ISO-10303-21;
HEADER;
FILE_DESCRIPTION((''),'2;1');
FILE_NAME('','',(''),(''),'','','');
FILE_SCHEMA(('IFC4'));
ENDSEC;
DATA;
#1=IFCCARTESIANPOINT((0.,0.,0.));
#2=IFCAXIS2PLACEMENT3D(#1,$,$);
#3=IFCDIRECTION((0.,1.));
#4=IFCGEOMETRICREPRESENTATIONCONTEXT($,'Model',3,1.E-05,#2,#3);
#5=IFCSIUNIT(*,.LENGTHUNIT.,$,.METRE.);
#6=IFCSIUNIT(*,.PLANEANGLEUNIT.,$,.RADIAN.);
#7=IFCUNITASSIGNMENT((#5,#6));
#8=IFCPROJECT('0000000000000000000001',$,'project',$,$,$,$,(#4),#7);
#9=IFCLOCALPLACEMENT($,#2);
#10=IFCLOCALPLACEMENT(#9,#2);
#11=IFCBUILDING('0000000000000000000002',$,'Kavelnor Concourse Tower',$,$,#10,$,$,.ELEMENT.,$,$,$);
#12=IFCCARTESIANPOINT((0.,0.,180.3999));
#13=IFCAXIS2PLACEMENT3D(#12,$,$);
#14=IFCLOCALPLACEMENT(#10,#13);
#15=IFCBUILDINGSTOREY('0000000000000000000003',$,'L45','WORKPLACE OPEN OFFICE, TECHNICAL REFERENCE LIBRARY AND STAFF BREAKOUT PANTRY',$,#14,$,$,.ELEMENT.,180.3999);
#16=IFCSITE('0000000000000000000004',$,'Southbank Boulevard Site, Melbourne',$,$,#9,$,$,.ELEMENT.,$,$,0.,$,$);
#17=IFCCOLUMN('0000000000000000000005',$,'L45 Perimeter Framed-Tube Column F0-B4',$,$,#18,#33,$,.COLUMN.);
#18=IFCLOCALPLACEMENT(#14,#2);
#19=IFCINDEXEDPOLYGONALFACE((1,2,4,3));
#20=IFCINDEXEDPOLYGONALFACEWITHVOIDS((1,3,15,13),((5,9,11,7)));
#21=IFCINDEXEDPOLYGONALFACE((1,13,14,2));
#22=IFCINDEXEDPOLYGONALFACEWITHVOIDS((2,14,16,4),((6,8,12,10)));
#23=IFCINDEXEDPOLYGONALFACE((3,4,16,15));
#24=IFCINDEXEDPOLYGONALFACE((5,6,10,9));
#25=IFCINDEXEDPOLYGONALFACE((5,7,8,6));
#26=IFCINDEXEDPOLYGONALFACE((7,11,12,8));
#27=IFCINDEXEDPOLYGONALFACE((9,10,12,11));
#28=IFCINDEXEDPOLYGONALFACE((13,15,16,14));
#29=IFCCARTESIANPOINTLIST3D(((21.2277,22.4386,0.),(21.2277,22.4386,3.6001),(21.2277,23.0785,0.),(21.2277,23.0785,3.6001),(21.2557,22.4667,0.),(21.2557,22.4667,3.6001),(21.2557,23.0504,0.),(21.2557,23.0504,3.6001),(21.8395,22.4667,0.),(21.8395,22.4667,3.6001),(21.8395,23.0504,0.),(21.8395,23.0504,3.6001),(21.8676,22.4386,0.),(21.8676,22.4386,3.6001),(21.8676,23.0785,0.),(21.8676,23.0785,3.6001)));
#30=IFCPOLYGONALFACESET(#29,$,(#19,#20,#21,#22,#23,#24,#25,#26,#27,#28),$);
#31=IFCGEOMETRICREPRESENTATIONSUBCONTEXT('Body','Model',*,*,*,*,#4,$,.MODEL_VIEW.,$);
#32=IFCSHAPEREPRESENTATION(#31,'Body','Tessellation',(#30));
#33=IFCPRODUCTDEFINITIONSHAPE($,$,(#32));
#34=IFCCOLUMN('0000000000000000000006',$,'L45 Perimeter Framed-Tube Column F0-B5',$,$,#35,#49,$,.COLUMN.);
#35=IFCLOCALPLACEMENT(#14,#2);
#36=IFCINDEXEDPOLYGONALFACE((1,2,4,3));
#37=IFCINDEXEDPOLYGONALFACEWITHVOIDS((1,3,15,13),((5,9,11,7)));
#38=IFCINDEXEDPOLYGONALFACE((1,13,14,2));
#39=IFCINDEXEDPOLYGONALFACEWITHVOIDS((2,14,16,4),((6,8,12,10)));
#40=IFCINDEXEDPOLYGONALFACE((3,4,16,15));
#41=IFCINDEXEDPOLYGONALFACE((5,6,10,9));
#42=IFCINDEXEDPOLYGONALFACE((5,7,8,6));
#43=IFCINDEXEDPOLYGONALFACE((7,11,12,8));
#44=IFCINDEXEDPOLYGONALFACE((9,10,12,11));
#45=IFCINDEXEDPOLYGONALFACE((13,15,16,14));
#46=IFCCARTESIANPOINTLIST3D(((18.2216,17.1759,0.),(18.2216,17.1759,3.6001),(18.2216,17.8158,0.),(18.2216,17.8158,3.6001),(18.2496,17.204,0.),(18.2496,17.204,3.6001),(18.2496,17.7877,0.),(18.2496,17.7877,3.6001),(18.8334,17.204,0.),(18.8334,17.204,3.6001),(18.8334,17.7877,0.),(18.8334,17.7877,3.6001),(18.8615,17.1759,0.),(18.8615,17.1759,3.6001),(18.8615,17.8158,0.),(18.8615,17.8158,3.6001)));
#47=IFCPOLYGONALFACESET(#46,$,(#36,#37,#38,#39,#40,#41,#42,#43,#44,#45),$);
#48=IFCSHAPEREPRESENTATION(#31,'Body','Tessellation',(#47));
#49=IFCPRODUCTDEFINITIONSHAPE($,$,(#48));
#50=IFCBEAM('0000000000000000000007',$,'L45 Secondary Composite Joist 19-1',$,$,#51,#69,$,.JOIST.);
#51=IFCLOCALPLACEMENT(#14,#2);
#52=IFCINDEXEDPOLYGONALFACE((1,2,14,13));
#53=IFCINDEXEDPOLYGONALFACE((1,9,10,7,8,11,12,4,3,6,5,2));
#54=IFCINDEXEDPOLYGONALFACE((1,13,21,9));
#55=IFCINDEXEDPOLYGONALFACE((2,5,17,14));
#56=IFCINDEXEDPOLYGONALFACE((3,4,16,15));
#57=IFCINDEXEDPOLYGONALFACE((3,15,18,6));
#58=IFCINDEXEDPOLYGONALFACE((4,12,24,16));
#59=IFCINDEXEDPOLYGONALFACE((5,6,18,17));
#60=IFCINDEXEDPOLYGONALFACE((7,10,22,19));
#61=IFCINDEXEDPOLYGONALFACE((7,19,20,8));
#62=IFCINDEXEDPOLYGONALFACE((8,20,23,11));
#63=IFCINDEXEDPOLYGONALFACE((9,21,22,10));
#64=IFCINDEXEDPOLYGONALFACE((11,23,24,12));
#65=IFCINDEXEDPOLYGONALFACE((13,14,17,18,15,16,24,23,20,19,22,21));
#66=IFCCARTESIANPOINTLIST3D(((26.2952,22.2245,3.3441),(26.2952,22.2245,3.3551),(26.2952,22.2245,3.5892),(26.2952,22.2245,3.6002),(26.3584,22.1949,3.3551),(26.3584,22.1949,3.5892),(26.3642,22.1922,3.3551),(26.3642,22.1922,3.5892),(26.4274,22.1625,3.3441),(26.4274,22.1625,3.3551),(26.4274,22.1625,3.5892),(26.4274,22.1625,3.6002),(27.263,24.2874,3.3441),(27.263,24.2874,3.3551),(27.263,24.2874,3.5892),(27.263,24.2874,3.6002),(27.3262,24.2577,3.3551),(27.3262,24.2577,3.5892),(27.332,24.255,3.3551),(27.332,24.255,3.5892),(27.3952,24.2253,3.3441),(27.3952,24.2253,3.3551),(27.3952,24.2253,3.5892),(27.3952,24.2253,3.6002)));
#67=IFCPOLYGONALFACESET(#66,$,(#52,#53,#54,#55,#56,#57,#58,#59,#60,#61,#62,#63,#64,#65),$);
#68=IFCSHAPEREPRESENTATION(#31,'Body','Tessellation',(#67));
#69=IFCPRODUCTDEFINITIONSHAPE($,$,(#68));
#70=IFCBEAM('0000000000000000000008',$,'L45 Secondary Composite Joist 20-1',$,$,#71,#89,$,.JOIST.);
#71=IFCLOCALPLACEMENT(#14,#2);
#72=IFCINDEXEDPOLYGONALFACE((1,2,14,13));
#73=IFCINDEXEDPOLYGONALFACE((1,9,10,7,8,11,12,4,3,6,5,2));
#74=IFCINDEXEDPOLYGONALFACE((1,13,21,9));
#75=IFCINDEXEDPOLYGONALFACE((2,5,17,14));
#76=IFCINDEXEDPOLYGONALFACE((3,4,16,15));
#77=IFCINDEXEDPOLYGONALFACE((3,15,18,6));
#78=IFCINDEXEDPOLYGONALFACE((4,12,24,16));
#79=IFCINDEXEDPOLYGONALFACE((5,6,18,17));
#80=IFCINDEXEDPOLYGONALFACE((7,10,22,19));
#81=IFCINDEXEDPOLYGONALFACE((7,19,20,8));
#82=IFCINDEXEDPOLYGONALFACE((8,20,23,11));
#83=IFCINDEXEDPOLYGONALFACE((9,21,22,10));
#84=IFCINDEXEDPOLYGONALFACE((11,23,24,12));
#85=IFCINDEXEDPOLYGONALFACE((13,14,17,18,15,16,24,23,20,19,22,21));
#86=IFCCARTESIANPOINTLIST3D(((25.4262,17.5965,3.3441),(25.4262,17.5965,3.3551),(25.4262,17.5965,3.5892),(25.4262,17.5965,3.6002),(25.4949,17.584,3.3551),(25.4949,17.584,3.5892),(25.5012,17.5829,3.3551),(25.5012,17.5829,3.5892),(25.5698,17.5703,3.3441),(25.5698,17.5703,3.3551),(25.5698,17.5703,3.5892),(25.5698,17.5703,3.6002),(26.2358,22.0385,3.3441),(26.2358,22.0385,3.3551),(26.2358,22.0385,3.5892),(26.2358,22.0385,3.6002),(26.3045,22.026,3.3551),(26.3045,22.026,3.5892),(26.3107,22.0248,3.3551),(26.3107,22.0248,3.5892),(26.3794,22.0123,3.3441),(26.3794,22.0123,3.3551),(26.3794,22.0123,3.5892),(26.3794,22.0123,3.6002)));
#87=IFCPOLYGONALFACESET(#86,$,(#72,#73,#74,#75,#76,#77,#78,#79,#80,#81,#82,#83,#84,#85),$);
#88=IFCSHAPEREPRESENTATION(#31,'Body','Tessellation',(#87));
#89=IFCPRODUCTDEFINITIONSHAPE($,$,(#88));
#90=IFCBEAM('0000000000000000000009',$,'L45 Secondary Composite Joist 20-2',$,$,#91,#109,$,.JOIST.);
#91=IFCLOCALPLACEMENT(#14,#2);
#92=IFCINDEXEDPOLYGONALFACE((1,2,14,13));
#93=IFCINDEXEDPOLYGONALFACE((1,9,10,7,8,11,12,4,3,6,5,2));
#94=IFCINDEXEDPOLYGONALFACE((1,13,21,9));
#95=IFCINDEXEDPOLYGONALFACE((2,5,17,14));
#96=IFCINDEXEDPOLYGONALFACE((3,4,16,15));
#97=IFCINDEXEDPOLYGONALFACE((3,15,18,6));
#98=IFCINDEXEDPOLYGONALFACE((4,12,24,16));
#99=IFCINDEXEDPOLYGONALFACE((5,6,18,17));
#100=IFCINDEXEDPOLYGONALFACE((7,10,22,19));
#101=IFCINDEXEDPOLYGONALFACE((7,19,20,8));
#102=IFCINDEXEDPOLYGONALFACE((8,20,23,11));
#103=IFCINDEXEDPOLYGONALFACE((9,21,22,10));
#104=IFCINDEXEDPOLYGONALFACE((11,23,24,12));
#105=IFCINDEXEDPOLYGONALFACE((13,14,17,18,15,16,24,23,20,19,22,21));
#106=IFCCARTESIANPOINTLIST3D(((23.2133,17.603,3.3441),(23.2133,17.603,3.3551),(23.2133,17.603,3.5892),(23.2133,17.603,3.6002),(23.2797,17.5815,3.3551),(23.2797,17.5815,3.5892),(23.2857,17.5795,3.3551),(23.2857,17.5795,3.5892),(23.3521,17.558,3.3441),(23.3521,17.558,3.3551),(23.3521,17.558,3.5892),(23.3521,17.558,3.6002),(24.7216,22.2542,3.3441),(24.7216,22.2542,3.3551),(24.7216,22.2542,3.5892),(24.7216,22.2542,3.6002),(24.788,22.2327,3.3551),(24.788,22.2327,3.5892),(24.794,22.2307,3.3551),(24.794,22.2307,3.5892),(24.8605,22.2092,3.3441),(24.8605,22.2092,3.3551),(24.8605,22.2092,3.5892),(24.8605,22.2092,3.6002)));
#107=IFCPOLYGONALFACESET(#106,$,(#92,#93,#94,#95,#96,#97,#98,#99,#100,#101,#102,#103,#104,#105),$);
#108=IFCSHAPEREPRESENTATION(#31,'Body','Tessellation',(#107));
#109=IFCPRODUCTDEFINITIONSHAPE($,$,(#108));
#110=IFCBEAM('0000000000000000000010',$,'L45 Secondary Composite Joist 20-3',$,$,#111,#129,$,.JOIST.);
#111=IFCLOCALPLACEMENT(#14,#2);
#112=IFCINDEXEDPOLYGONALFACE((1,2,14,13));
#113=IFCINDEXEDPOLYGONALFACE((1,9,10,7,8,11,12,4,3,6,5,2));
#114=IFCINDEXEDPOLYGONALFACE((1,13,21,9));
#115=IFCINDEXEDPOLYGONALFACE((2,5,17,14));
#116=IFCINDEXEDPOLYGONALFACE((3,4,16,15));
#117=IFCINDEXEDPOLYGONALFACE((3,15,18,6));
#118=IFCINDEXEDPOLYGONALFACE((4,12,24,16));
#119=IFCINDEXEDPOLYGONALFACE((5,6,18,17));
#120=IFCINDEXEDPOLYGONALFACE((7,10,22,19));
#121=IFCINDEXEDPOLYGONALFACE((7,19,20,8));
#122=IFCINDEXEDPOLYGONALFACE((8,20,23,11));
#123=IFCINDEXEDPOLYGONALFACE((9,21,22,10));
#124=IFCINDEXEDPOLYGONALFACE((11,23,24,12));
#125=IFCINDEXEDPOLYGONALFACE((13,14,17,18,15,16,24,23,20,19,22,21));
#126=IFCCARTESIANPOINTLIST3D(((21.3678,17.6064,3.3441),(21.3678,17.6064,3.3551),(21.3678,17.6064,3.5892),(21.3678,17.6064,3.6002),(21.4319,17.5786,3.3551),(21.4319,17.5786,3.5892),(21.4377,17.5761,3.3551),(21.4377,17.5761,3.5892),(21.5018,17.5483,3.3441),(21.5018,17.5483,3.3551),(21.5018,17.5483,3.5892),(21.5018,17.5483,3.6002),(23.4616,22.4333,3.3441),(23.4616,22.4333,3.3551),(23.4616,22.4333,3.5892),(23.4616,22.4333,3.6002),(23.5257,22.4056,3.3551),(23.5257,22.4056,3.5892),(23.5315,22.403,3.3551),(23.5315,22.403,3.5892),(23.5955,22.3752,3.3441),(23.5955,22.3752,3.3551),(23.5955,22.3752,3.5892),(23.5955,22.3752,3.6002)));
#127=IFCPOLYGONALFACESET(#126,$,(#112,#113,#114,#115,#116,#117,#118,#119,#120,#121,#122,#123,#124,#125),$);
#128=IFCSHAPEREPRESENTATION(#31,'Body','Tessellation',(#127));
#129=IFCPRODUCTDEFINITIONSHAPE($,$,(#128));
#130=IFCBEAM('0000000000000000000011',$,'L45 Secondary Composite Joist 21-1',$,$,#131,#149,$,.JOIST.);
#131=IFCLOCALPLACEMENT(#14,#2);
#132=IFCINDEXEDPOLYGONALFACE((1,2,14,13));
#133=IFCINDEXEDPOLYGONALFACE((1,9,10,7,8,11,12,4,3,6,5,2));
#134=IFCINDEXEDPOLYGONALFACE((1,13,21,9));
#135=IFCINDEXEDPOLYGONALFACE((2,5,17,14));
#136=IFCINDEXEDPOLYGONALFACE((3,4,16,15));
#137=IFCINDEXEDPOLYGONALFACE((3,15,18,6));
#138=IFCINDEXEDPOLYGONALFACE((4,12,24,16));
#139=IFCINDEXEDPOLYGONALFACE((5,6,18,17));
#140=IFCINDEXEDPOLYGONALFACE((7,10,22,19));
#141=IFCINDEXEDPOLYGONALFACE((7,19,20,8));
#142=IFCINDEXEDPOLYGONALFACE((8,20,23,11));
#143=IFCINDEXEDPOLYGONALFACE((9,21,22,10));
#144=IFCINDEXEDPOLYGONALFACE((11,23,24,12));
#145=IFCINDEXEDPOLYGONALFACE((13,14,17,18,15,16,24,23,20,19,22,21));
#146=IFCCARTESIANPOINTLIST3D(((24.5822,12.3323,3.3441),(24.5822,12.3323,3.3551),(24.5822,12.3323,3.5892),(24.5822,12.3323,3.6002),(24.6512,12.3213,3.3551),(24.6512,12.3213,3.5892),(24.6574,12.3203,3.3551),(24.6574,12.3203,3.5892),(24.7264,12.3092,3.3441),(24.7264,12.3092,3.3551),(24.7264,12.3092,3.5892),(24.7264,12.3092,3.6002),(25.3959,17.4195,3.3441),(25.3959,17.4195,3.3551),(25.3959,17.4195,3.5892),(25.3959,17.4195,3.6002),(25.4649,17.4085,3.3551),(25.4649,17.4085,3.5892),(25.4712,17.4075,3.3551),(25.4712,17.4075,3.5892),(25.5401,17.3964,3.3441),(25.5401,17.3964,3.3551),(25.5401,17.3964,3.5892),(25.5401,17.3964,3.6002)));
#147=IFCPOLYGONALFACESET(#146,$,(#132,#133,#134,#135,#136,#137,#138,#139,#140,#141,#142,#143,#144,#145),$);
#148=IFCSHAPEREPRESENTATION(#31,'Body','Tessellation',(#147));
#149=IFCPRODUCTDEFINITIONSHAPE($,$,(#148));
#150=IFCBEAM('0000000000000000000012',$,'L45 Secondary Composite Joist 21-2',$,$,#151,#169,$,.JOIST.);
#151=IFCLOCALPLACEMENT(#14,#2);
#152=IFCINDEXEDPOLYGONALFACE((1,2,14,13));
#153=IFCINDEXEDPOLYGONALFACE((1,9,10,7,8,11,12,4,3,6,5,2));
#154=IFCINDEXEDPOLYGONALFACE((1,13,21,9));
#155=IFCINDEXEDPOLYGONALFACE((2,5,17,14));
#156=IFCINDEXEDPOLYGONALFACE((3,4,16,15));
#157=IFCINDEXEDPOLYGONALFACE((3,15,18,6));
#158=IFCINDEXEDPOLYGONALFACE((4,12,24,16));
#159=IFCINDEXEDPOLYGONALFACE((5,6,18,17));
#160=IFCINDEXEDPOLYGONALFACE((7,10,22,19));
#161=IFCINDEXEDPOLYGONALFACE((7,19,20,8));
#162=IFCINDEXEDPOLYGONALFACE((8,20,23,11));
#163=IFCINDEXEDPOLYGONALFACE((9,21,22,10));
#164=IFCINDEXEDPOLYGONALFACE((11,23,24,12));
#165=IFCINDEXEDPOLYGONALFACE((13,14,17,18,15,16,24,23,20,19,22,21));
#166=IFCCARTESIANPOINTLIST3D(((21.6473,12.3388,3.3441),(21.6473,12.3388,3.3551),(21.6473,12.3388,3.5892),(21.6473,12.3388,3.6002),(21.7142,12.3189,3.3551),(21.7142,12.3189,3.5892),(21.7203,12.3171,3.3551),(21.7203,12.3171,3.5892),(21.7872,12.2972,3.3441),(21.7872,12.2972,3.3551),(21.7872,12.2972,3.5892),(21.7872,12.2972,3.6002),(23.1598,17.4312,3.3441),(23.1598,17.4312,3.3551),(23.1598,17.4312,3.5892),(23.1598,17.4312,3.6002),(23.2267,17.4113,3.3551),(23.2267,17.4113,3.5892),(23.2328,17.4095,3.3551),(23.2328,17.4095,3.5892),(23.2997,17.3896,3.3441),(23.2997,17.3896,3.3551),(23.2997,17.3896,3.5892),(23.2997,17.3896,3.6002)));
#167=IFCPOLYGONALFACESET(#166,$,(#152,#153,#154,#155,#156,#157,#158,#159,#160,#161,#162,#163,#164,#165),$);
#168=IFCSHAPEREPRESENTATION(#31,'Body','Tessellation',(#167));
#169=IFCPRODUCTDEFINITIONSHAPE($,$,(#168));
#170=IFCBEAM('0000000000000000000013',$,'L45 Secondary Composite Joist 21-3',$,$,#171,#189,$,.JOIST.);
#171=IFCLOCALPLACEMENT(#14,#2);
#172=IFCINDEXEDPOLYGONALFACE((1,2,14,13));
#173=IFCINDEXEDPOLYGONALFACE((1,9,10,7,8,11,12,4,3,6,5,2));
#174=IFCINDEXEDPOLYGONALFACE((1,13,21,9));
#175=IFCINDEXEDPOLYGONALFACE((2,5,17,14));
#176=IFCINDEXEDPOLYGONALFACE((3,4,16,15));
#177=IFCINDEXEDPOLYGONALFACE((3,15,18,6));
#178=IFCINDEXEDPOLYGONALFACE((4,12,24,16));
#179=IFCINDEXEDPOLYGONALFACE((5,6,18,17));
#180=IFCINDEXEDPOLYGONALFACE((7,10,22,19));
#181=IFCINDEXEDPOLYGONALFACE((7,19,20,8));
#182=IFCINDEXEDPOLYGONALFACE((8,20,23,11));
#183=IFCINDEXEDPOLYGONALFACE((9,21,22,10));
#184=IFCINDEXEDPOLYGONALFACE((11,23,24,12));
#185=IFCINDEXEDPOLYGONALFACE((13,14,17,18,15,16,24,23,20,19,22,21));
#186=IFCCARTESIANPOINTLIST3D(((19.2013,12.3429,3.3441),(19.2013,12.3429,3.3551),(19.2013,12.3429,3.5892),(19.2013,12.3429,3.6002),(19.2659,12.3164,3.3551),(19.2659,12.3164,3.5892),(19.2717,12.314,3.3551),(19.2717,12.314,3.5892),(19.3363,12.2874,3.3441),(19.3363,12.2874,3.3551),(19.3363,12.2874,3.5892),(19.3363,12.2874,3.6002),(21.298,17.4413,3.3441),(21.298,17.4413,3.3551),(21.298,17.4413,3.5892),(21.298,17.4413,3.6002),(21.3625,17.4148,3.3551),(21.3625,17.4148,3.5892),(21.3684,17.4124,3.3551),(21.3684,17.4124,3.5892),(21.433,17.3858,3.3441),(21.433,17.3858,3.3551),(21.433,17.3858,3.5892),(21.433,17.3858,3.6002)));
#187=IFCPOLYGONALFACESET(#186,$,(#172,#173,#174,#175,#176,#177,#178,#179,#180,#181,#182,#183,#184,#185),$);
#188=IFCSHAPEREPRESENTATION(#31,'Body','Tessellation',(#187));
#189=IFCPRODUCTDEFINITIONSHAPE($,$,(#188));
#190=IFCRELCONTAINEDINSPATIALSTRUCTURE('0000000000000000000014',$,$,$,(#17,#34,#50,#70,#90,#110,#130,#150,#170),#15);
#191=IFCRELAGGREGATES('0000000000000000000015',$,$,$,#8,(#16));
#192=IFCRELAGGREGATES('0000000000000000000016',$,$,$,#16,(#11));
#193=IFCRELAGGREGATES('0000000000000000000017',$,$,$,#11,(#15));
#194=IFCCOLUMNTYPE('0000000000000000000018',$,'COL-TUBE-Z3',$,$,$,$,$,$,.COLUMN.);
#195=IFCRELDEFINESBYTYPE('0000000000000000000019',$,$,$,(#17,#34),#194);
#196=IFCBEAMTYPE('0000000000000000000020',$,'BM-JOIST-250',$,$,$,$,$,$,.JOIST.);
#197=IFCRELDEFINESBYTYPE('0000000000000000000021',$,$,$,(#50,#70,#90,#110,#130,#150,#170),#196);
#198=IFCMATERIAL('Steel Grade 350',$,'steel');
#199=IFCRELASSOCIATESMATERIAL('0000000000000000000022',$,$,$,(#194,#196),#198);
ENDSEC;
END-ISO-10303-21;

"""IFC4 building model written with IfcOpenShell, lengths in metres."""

from ifc_helpers import new_model, si_unit, direction, frame, origin, origin_2d, place, context, subcontext, project, spatial, hollow_rectangle, i_section, extrude, material, material_profile, profile_set, type_object, element, save


model = new_model("IFC4")

# Units and contexts
model_context = context("Model", 3, precision=1e-05, world=origin(), true_north=direction((0.0, 1.0)))
body_context = subcontext(model_context, "Body", "Model", "MODEL_VIEW")
ifc_project = project(units=[si_unit("LENGTHUNIT", "METRE"), si_unit("PLANEANGLEUNIT", "RADIAN")], contexts=[model_context])

# Site, building, storey
site_placement = place(None, origin())
site = spatial("IfcSite", under=ifc_project, at=site_placement, Name="Southbank Boulevard Site, Melbourne", CompositionType="ELEMENT", RefElevation=0.0)
building_placement = place(site_placement, origin())
building = spatial("IfcBuilding", under=site, at=building_placement, Name="Kavelnor Concourse Tower", CompositionType="ELEMENT")
storey_placement = place(building_placement, frame((0.0, 0.0, 180.3999)))
storey = spatial("IfcBuildingStorey", under=building, at=storey_placement, Name="L45", Description="WORKPLACE OPEN OFFICE, TECHNICAL REFERENCE LIBRARY AND STAFF BREAKOUT PANTRY", CompositionType="ELEMENT", Elevation=180.3999)

# Columns
ifc_material_1 = material(Name="Steel Grade 350", Category="steel")
ifc_material_profile_1 = material_profile(ifc_material_1, hollow_rectangle(XDim=0.6399, YDim=0.6399, WallThickness=0.0281, at=origin_2d()), Name="SHS 640x640x28")
ifc_profile_set_1 = profile_set([ifc_material_profile_1], Name="Steel Grade 350")
column_type = type_object("IfcColumnType", Name="COL-TUBE-Z3", PredefinedType="COLUMN", material=ifc_profile_set_1)
for number, where, z_axis, x_axis, name in (
    (1, (21.5476, 22.7585, 0.0), (0.0, 0.0, 1.0), (1.0, 0.0, 0.0), "L45 Perimeter Framed-Tube Column F0-B4"),
    (2, (18.5415, 17.4958, 0.0), (0.0, 0.0, 1.0), (1.0, 0.0, 0.0), "L45 Perimeter Framed-Tube Column F0-B5"),
):
    element("IfcColumn", number, at=place(storey_placement, frame(where, z_axis=z_axis, x_axis=x_axis)), inside=storey, type_object=column_type, Name=name, PredefinedType="COLUMN", context=body_context, shape_type="SweptSolid", body=[
        extrude(hollow_rectangle(XDim=0.6399, YDim=0.6399, WallThickness=0.0281, at=origin_2d()), origin(), (0.0, 0.0, 1.0), 3.6001),
    ])

# Beams
ifc_material_profile_2 = material_profile(ifc_material_1, i_section(OverallWidth=0.146, OverallDepth=0.2561, WebThickness=0.0063, FlangeThickness=0.011, at=origin_2d()), Name="250UB37")
ifc_profile_set_2 = profile_set([ifc_material_profile_2], Name="Steel Grade 350")
beam_type_1 = type_object("IfcBeamType", Name="BM-JOIST-250", PredefinedType="JOIST", material=ifc_profile_set_2)
beam_1_placement = place(storey_placement, frame((27.3291, 24.2563, 3.4722), z_axis=(-0.424744, -0.905313, 0.0), x_axis=(0.905313, -0.424744, 0.0)))
element("IfcBeam", 3, at=beam_1_placement, inside=storey, type_object=beam_type_1, Name="L45 Secondary Composite Joist 19-1", PredefinedType="JOIST", context=body_context, shape_type="SweptSolid", body=[
    extrude(i_section(OverallWidth=0.146, OverallDepth=0.2561, WebThickness=0.0063, FlangeThickness=0.011, at=origin_2d()), origin(), (0.0, 0.0, 1.0), 2.2786),
])
beam_2_placement = place(storey_placement, frame((26.3076, 22.0254, 3.4722), z_axis=(-0.179304, -0.983794, 0.0), x_axis=(0.983794, -0.179304, 0.0)))
element("IfcBeam", 4, at=beam_2_placement, inside=storey, type_object=beam_type_1, Name="L45 Secondary Composite Joist 20-1", PredefinedType="JOIST", context=body_context, shape_type="SweptSolid", body=[
    extrude(i_section(OverallWidth=0.146, OverallDepth=0.2561, WebThickness=0.0063, FlangeThickness=0.011, at=origin_2d()), origin(), (0.0, 0.0, 1.0), 4.5151),
])
beam_3_placement = place(storey_placement, frame((24.791, 22.2317, 3.4722), z_axis=(-0.308473, -0.951233, 0.0), x_axis=(0.951233, -0.308473, 0.0)))
element("IfcBeam", 5, at=beam_3_placement, inside=storey, type_object=beam_type_1, Name="L45 Secondary Composite Joist 20-2", PredefinedType="JOIST", context=body_context, shape_type="SweptSolid", body=[
    extrude(i_section(OverallWidth=0.146, OverallDepth=0.2561, WebThickness=0.0063, FlangeThickness=0.011, at=origin_2d()), origin(), (0.0, 0.0, 1.0), 4.8896),
])
beam_4_placement = place(storey_placement, frame((23.5286, 22.4043, 3.4722), z_axis=(-0.397942, -0.917411, 0.0), x_axis=(0.917411, -0.397942, 0.0)))
element("IfcBeam", 6, at=beam_4_placement, inside=storey, type_object=beam_type_1, Name="L45 Secondary Composite Joist 20-3", PredefinedType="JOIST", context=body_context, shape_type="SweptSolid", body=[
    extrude(i_section(OverallWidth=0.146, OverallDepth=0.2561, WebThickness=0.0063, FlangeThickness=0.011, at=origin_2d()), origin(), (0.0, 0.0, 1.0), 5.2615),
])
beam_5_placement = place(storey_placement, frame((25.468, 17.408, 3.4722), z_axis=(-0.157948, -0.987447, 0.0), x_axis=(0.987447, -0.157948, 0.0)))
element("IfcBeam", 7, at=beam_5_placement, inside=storey, type_object=beam_type_1, Name="L45 Secondary Composite Joist 21-1", PredefinedType="JOIST", context=body_context, shape_type="SweptSolid", body=[
    extrude(i_section(OverallWidth=0.146, OverallDepth=0.2561, WebThickness=0.0063, FlangeThickness=0.011, at=origin_2d()), origin(), (0.0, 0.0, 1.0), 5.1519),
])
beam_6_placement = place(storey_placement, frame((23.2297, 17.4104, 3.4722), z_axis=(-0.284716, -0.958612, 0.0), x_axis=(0.958612, -0.284716, 0.0)))
element("IfcBeam", 8, at=beam_6_placement, inside=storey, type_object=beam_type_1, Name="L45 Secondary Composite Joist 21-2", PredefinedType="JOIST", context=body_context, shape_type="SweptSolid", body=[
    extrude(i_section(OverallWidth=0.146, OverallDepth=0.2561, WebThickness=0.0063, FlangeThickness=0.011, at=origin_2d()), origin(), (0.0, 0.0, 1.0), 5.3123),
])
beam_7_placement = place(storey_placement, frame((21.3655, 17.4136, 3.4722), z_axis=(-0.380338, -0.924848, 0.0), x_axis=(0.924848, -0.380338, 0.0)))
element("IfcBeam", 9, at=beam_7_placement, inside=storey, type_object=beam_type_1, Name="L45 Secondary Composite Joist 21-3", PredefinedType="JOIST", context=body_context, shape_type="SweptSolid", body=[
    extrude(i_section(OverallWidth=0.146, OverallDepth=0.2561, WebThickness=0.0063, FlangeThickness=0.011, at=origin_2d()), origin(), (0.0, 0.0, 1.0), 5.5127),
])

save(model, "model.ifc")
